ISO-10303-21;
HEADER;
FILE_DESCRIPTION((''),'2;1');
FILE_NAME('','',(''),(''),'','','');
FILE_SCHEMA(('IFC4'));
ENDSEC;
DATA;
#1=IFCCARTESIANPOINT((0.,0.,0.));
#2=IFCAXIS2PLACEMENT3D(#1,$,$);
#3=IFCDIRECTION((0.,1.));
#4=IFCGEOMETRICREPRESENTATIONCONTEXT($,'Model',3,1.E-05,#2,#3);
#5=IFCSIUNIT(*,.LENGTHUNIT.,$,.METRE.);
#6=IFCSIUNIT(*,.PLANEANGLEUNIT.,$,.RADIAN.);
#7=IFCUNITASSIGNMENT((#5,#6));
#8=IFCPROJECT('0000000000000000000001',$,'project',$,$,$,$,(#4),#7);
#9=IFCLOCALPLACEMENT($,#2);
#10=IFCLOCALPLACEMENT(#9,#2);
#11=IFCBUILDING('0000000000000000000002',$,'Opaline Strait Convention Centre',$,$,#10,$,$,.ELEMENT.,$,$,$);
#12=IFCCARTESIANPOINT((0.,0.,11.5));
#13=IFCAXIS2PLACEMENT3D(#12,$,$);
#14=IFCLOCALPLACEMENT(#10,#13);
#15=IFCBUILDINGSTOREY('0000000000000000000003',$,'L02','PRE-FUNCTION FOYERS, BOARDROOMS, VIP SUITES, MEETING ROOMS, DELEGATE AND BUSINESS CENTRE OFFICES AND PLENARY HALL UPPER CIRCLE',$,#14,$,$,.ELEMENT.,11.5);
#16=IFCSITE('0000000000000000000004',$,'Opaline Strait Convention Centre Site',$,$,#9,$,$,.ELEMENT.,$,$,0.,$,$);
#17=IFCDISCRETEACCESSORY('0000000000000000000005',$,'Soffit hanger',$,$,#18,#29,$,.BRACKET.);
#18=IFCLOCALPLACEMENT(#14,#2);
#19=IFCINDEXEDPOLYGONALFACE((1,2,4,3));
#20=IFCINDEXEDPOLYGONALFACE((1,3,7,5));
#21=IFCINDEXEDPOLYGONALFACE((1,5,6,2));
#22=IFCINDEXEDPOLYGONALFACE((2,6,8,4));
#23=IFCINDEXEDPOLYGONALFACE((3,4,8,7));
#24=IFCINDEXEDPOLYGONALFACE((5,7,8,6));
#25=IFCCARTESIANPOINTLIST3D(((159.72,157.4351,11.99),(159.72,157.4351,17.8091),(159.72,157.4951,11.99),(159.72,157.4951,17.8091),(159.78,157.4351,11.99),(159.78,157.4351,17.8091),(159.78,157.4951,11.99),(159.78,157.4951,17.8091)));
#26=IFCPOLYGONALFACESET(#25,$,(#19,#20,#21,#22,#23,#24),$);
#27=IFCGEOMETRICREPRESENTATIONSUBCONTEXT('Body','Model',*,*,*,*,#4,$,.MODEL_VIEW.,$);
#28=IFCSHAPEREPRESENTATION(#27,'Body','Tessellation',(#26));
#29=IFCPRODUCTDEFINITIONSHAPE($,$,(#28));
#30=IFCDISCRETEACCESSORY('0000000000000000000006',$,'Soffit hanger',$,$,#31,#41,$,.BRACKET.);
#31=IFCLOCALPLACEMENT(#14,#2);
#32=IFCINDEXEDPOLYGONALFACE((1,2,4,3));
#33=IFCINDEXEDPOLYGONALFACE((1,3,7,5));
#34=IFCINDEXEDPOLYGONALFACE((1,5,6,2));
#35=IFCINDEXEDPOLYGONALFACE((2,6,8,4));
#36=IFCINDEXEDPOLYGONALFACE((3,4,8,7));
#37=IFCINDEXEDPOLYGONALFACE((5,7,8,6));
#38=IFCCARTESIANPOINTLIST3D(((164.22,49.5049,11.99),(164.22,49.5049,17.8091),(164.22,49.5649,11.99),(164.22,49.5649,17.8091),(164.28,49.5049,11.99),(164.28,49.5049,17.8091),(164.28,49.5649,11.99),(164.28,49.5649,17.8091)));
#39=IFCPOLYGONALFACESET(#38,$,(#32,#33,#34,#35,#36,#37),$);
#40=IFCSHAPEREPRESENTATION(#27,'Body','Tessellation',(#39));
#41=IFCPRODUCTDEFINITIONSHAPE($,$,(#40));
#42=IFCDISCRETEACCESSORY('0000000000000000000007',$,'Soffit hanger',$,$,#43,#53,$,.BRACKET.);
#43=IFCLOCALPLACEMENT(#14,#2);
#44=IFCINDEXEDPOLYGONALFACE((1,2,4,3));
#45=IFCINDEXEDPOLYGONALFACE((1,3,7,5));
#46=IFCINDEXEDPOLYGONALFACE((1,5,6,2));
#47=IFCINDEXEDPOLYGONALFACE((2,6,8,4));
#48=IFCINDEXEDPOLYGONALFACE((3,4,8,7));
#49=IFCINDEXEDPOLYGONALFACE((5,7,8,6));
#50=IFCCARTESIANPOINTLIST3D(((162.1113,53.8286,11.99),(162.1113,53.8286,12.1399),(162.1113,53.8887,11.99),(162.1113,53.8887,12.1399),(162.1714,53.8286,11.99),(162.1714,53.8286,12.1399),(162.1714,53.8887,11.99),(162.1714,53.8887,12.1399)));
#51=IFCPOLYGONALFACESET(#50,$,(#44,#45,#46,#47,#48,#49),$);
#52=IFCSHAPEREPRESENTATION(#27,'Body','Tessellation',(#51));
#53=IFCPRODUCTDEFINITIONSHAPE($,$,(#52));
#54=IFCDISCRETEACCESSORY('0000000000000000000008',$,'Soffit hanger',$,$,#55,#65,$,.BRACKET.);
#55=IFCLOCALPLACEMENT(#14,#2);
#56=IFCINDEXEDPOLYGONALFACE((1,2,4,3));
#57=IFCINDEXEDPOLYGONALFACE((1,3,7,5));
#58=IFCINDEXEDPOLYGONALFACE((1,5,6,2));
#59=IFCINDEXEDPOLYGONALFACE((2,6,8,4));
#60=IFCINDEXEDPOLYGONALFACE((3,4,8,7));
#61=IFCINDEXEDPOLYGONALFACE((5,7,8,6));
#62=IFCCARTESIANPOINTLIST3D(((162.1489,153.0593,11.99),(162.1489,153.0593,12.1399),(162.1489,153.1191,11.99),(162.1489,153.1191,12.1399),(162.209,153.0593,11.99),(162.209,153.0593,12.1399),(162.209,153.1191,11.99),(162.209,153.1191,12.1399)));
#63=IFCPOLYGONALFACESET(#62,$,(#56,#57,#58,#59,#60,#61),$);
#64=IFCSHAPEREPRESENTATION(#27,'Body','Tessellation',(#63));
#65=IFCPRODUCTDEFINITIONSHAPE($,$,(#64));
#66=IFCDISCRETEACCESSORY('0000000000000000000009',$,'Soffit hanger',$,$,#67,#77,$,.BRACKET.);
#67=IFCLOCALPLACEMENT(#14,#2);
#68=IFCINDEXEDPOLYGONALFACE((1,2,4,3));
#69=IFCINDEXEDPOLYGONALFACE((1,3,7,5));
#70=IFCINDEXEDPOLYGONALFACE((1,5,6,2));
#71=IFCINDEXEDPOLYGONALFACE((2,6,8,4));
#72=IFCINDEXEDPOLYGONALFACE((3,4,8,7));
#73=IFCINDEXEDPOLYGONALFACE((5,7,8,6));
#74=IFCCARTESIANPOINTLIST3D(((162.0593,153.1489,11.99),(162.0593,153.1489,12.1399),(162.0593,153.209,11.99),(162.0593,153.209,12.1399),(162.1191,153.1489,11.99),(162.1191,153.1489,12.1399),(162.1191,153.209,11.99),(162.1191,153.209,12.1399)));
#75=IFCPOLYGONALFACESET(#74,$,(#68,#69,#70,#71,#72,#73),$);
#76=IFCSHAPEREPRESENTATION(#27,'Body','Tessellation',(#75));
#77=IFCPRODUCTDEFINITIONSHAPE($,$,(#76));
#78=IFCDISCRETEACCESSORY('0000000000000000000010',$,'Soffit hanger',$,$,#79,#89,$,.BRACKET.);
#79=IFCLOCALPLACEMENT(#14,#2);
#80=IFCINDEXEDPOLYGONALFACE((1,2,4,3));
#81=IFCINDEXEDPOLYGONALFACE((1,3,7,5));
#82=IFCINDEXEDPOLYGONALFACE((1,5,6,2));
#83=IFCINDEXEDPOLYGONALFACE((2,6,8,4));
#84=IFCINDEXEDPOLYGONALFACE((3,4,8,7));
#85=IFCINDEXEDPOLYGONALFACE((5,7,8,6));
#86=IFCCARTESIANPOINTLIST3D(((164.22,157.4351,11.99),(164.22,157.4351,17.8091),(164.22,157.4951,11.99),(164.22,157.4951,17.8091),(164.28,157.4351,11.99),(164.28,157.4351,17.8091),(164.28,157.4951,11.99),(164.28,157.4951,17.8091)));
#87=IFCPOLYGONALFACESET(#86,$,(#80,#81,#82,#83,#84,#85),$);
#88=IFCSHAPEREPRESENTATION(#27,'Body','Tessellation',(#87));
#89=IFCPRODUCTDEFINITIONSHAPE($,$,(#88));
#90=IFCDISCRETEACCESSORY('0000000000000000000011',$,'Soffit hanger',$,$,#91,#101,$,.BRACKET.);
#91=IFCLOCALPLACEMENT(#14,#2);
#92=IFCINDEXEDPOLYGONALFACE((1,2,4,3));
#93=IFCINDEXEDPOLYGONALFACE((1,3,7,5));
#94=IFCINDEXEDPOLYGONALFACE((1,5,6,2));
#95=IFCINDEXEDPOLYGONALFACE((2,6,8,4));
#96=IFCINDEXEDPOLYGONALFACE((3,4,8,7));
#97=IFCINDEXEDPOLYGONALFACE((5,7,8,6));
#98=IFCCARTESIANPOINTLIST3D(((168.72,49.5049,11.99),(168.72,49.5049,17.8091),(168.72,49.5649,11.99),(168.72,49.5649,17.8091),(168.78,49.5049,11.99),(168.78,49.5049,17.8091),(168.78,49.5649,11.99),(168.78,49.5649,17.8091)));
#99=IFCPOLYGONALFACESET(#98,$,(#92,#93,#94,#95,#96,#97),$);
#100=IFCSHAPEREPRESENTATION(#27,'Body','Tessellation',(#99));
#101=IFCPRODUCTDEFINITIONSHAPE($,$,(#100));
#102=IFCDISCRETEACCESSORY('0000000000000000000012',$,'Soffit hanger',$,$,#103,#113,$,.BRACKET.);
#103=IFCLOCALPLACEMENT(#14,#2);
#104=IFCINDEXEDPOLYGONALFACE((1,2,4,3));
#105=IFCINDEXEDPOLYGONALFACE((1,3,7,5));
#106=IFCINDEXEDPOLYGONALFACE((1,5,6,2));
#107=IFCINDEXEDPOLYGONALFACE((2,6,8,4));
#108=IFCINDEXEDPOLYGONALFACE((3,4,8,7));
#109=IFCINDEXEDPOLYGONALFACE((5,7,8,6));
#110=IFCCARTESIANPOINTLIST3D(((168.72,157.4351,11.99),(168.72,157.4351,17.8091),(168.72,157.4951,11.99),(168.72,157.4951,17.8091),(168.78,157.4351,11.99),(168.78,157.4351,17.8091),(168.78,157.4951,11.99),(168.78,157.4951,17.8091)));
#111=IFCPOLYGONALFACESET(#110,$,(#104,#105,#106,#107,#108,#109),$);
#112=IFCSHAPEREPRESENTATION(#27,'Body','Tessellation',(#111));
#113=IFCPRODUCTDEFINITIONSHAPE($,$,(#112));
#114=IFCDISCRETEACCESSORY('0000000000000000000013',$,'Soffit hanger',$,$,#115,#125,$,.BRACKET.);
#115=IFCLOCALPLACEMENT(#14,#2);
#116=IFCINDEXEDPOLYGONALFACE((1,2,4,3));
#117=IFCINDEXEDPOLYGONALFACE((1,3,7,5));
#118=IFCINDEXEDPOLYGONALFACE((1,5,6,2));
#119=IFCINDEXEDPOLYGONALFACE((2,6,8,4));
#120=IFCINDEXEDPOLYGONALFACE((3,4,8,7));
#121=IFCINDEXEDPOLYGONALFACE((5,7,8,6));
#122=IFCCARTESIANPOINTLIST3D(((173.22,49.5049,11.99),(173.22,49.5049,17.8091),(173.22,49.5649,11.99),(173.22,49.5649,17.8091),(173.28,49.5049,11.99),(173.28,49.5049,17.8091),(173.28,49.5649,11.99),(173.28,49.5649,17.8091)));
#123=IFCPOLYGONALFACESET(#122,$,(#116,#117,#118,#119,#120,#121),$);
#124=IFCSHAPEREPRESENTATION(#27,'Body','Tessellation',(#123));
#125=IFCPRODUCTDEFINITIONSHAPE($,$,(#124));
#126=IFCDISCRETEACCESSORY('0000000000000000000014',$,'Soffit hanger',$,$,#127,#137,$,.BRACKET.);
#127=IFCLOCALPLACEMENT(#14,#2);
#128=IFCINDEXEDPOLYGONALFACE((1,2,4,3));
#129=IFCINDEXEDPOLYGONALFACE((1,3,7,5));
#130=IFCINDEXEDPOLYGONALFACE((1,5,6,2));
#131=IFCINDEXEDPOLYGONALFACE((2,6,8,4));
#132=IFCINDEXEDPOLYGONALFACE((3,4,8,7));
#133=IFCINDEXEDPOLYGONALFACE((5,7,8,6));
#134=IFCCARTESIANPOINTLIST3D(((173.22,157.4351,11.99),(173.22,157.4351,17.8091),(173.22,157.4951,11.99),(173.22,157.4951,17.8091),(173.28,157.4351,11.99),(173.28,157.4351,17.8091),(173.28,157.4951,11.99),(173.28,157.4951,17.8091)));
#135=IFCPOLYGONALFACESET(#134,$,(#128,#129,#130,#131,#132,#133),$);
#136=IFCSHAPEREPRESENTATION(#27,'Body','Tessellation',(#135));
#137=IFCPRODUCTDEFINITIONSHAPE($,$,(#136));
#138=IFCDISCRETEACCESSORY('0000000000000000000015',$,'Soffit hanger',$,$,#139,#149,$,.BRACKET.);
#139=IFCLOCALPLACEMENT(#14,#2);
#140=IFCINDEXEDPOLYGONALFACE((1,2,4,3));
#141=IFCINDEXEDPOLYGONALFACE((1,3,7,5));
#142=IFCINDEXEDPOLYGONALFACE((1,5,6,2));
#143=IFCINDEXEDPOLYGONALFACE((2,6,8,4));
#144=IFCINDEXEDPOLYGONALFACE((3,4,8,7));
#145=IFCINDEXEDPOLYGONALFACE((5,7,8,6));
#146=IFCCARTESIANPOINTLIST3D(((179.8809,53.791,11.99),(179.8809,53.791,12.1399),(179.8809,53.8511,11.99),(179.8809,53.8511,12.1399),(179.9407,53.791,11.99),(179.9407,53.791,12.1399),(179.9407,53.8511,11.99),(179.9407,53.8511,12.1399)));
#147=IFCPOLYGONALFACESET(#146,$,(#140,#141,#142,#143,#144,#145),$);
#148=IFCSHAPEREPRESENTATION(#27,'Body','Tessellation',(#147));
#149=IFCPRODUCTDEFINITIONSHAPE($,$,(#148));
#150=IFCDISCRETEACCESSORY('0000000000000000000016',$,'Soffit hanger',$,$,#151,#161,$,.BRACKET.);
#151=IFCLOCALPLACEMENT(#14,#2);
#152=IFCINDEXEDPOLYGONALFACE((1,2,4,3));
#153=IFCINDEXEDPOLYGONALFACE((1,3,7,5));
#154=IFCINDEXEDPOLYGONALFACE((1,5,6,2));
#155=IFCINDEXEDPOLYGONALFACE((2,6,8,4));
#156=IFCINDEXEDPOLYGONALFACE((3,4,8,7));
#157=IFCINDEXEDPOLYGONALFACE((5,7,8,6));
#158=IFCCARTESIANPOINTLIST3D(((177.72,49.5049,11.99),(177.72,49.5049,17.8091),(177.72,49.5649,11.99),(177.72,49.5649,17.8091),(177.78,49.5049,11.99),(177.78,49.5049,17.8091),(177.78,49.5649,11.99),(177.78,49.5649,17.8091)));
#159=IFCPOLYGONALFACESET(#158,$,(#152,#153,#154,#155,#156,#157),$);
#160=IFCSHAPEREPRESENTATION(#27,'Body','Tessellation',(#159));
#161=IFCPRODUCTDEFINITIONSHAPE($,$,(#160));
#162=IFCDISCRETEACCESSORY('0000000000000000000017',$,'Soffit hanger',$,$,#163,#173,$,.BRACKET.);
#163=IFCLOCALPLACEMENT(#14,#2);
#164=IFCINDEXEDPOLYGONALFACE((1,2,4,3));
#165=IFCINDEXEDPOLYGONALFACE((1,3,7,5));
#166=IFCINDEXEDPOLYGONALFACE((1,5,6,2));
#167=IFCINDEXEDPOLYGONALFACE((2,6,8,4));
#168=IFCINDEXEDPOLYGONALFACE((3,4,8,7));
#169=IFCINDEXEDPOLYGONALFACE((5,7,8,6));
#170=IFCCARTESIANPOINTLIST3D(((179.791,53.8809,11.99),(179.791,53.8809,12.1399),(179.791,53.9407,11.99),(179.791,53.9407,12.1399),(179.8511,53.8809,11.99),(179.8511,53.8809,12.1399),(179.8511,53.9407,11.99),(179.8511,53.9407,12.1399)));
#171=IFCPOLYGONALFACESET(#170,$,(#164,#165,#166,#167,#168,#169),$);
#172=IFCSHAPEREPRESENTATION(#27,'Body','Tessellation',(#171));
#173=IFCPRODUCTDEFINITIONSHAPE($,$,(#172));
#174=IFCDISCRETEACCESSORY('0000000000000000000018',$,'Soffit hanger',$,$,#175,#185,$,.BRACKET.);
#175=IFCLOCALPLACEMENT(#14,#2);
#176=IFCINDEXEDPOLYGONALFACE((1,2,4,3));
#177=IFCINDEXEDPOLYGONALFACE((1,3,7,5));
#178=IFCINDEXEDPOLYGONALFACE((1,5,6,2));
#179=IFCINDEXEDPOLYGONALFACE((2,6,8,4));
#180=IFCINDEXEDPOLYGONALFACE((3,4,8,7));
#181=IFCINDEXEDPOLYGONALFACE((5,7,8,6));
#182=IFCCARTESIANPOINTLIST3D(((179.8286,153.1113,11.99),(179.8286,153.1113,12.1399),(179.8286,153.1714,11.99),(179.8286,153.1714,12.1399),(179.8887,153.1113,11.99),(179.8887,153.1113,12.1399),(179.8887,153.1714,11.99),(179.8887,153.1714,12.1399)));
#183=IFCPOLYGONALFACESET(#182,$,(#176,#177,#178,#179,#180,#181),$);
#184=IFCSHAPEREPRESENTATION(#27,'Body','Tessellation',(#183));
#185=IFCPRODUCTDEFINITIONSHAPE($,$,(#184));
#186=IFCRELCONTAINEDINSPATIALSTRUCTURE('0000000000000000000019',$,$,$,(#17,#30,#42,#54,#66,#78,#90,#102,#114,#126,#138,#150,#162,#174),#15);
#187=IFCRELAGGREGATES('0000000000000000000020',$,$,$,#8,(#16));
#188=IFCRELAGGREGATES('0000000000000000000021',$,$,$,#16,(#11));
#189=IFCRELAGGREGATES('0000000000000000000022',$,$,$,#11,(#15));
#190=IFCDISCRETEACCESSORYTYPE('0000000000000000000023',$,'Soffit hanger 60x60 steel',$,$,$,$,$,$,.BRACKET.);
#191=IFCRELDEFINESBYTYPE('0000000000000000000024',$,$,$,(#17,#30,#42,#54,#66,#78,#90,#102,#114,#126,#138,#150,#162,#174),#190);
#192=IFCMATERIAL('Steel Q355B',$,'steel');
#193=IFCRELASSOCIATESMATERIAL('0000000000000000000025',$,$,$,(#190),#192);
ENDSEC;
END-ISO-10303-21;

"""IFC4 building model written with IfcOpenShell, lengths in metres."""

from ifc_helpers import new_model, si_unit, direction, frame, origin, place, context, subcontext, project, spatial, polyline, outline, extrude, material, type_object, element, save


model = new_model("IFC4")

# Units and contexts
model_context = context("Model", 3, precision=1e-05, world=origin(), true_north=direction((0.0, 1.0)))
body_context = subcontext(model_context, "Body", "Model", "MODEL_VIEW")
ifc_project = project(units=[si_unit("LENGTHUNIT", "METRE"), si_unit("PLANEANGLEUNIT", "RADIAN")], contexts=[model_context])

# Site, building, storey
site_placement = place(None, origin())
site = spatial("IfcSite", under=ifc_project, at=site_placement, Name="Opaline Strait Convention Centre Site", CompositionType="ELEMENT", RefElevation=0.0)
building_placement = place(site_placement, origin())
building = spatial("IfcBuilding", under=site, at=building_placement, Name="Opaline Strait Convention Centre", CompositionType="ELEMENT")
storey_placement = place(building_placement, frame((0.0, 0.0, 11.5)))
storey = spatial("IfcBuildingStorey", under=building, at=storey_placement, Name="L02", Description="PRE-FUNCTION FOYERS, BOARDROOMS, VIP SUITES, MEETING ROOMS, DELEGATE AND BUSINESS CENTRE OFFICES AND PLENARY HALL UPPER CIRCLE", CompositionType="ELEMENT", Elevation=11.5)

# Discrete accessories
ifc_material = material(Name="Steel Q355B", Category="steel")
discrete_accessory_type = type_object("IfcDiscreteAccessoryType", Name="Soffit hanger 60x60 steel", PredefinedType="BRACKET", material=ifc_material)
discrete_accessory_1_placement = place(storey_placement, frame((0.0, 0.0, 11.99)))
element("IfcDiscreteAccessory", 1, at=discrete_accessory_1_placement, inside=storey, type_object=discrete_accessory_type, Name="Soffit hanger", PredefinedType="BRACKET", context=body_context, shape_type="SweptSolid", body=[
    extrude(outline(polyline([(159.72, 157.4351), (159.78, 157.4351), (159.78, 157.4951), (159.72, 157.4951), (159.72, 157.4351)])), origin(), (0.0, 0.0, 1.0), 5.8191),
])
discrete_accessory_2_placement = place(storey_placement, frame((0.0, 0.0, 11.99)))
element("IfcDiscreteAccessory", 2, at=discrete_accessory_2_placement, inside=storey, type_object=discrete_accessory_type, Name="Soffit hanger", PredefinedType="BRACKET", context=body_context, shape_type="SweptSolid", body=[
    extrude(outline(polyline([(164.22, 49.5049), (164.28, 49.5049), (164.28, 49.5649), (164.22, 49.5649), (164.22, 49.5049)])), origin(), (0.0, 0.0, 1.0), 5.8191),
])
discrete_accessory_3_placement = place(storey_placement, frame((0.0, 0.0, 11.99)))
element("IfcDiscreteAccessory", 3, at=discrete_accessory_3_placement, inside=storey, type_object=discrete_accessory_type, Name="Soffit hanger", PredefinedType="BRACKET", context=body_context, shape_type="SweptSolid", body=[
    extrude(outline(polyline([(162.1113, 53.8286), (162.1714, 53.8286), (162.1714, 53.8887), (162.1113, 53.8887), (162.1113, 53.8286)])), origin(), (0.0, 0.0, 1.0), 0.1499),
])
discrete_accessory_4_placement = place(storey_placement, frame((0.0, 0.0, 11.99)))
element("IfcDiscreteAccessory", 4, at=discrete_accessory_4_placement, inside=storey, type_object=discrete_accessory_type, Name="Soffit hanger", PredefinedType="BRACKET", context=body_context, shape_type="SweptSolid", body=[
    extrude(outline(polyline([(162.1489, 153.0593), (162.209, 153.0593), (162.209, 153.1191), (162.1489, 153.1191), (162.1489, 153.0593)])), origin(), (0.0, 0.0, 1.0), 0.1499),
])
discrete_accessory_5_placement = place(storey_placement, frame((0.0, 0.0, 11.99)))
element("IfcDiscreteAccessory", 5, at=discrete_accessory_5_placement, inside=storey, type_object=discrete_accessory_type, Name="Soffit hanger", PredefinedType="BRACKET", context=body_context, shape_type="SweptSolid", body=[
    extrude(outline(polyline([(162.0593, 153.1489), (162.1191, 153.1489), (162.1191, 153.209), (162.0593, 153.209), (162.0593, 153.1489)])), origin(), (0.0, 0.0, 1.0), 0.1499),
])
discrete_accessory_6_placement = place(storey_placement, frame((0.0, 0.0, 11.99)))
element("IfcDiscreteAccessory", 6, at=discrete_accessory_6_placement, inside=storey, type_object=discrete_accessory_type, Name="Soffit hanger", PredefinedType="BRACKET", context=body_context, shape_type="SweptSolid", body=[
    extrude(outline(polyline([(164.22, 157.4351), (164.28, 157.4351), (164.28, 157.4951), (164.22, 157.4951), (164.22, 157.4351)])), origin(), (0.0, 0.0, 1.0), 5.8191),
])
discrete_accessory_7_placement = place(storey_placement, frame((0.0, 0.0, 11.99)))
element("IfcDiscreteAccessory", 7, at=discrete_accessory_7_placement, inside=storey, type_object=discrete_accessory_type, Name="Soffit hanger", PredefinedType="BRACKET", context=body_context, shape_type="SweptSolid", body=[
    extrude(outline(polyline([(168.72, 49.5049), (168.78, 49.5049), (168.78, 49.5649), (168.72, 49.5649), (168.72, 49.5049)])), origin(), (0.0, 0.0, 1.0), 5.8191),
])
discrete_accessory_8_placement = place(storey_placement, frame((0.0, 0.0, 11.99)))
element("IfcDiscreteAccessory", 8, at=discrete_accessory_8_placement, inside=storey, type_object=discrete_accessory_type, Name="Soffit hanger", PredefinedType="BRACKET", context=body_context, shape_type="SweptSolid", body=[
    extrude(outline(polyline([(168.72, 157.4351), (168.78, 157.4351), (168.78, 157.4951), (168.72, 157.4951), (168.72, 157.4351)])), origin(), (0.0, 0.0, 1.0), 5.8191),
])
discrete_accessory_9_placement = place(storey_placement, frame((0.0, 0.0, 11.99)))
element("IfcDiscreteAccessory", 9, at=discrete_accessory_9_placement, inside=storey, type_object=discrete_accessory_type, Name="Soffit hanger", PredefinedType="BRACKET", context=body_context, shape_type="SweptSolid", body=[
    extrude(outline(polyline([(173.22, 49.5049), (173.28, 49.5049), (173.28, 49.5649), (173.22, 49.5649), (173.22, 49.5049)])), origin(), (0.0, 0.0, 1.0), 5.8191),
])
discrete_accessory_10_placement = place(storey_placement, frame((0.0, 0.0, 11.99)))
element("IfcDiscreteAccessory", 10, at=discrete_accessory_10_placement, inside=storey, type_object=discrete_accessory_type, Name="Soffit hanger", PredefinedType="BRACKET", context=body_context, shape_type="SweptSolid", body=[
    extrude(outline(polyline([(173.22, 157.4351), (173.28, 157.4351), (173.28, 157.4951), (173.22, 157.4951), (173.22, 157.4351)])), origin(), (0.0, 0.0, 1.0), 5.8191),
])
discrete_accessory_11_placement = place(storey_placement, frame((0.0, 0.0, 11.99)))
element("IfcDiscreteAccessory", 11, at=discrete_accessory_11_placement, inside=storey, type_object=discrete_accessory_type, Name="Soffit hanger", PredefinedType="BRACKET", context=body_context, shape_type="SweptSolid", body=[
    extrude(outline(polyline([(179.8809, 53.791), (179.9407, 53.791), (179.9407, 53.8511), (179.8809, 53.8511), (179.8809, 53.791)])), origin(), (0.0, 0.0, 1.0), 0.1499),
])
discrete_accessory_12_placement = place(storey_placement, frame((0.0, 0.0, 11.99)))
element("IfcDiscreteAccessory", 12, at=discrete_accessory_12_placement, inside=storey, type_object=discrete_accessory_type, Name="Soffit hanger", PredefinedType="BRACKET", context=body_context, shape_type="SweptSolid", body=[
    extrude(outline(polyline([(177.72, 49.5049), (177.78, 49.5049), (177.78, 49.5649), (177.72, 49.5649), (177.72, 49.5049)])), origin(), (0.0, 0.0, 1.0), 5.8191),
])
discrete_accessory_13_placement = place(storey_placement, frame((0.0, 0.0, 11.99)))
element("IfcDiscreteAccessory", 13, at=discrete_accessory_13_placement, inside=storey, type_object=discrete_accessory_type, Name="Soffit hanger", PredefinedType="BRACKET", context=body_context, shape_type="SweptSolid", body=[
    extrude(outline(polyline([(179.791, 53.8809), (179.8511, 53.8809), (179.8511, 53.9407), (179.791, 53.9407), (179.791, 53.8809)])), origin(), (0.0, 0.0, 1.0), 0.1499),
])
discrete_accessory_14_placement = place(storey_placement, frame((0.0, 0.0, 11.99)))
element("IfcDiscreteAccessory", 14, at=discrete_accessory_14_placement, inside=storey, type_object=discrete_accessory_type, Name="Soffit hanger", PredefinedType="BRACKET", context=body_context, shape_type="SweptSolid", body=[
    extrude(outline(polyline([(179.8286, 153.1113), (179.8887, 153.1113), (179.8887, 153.1714), (179.8286, 153.1714), (179.8286, 153.1113)])), origin(), (0.0, 0.0, 1.0), 0.1499),
])

save(model, "model.ifc")
